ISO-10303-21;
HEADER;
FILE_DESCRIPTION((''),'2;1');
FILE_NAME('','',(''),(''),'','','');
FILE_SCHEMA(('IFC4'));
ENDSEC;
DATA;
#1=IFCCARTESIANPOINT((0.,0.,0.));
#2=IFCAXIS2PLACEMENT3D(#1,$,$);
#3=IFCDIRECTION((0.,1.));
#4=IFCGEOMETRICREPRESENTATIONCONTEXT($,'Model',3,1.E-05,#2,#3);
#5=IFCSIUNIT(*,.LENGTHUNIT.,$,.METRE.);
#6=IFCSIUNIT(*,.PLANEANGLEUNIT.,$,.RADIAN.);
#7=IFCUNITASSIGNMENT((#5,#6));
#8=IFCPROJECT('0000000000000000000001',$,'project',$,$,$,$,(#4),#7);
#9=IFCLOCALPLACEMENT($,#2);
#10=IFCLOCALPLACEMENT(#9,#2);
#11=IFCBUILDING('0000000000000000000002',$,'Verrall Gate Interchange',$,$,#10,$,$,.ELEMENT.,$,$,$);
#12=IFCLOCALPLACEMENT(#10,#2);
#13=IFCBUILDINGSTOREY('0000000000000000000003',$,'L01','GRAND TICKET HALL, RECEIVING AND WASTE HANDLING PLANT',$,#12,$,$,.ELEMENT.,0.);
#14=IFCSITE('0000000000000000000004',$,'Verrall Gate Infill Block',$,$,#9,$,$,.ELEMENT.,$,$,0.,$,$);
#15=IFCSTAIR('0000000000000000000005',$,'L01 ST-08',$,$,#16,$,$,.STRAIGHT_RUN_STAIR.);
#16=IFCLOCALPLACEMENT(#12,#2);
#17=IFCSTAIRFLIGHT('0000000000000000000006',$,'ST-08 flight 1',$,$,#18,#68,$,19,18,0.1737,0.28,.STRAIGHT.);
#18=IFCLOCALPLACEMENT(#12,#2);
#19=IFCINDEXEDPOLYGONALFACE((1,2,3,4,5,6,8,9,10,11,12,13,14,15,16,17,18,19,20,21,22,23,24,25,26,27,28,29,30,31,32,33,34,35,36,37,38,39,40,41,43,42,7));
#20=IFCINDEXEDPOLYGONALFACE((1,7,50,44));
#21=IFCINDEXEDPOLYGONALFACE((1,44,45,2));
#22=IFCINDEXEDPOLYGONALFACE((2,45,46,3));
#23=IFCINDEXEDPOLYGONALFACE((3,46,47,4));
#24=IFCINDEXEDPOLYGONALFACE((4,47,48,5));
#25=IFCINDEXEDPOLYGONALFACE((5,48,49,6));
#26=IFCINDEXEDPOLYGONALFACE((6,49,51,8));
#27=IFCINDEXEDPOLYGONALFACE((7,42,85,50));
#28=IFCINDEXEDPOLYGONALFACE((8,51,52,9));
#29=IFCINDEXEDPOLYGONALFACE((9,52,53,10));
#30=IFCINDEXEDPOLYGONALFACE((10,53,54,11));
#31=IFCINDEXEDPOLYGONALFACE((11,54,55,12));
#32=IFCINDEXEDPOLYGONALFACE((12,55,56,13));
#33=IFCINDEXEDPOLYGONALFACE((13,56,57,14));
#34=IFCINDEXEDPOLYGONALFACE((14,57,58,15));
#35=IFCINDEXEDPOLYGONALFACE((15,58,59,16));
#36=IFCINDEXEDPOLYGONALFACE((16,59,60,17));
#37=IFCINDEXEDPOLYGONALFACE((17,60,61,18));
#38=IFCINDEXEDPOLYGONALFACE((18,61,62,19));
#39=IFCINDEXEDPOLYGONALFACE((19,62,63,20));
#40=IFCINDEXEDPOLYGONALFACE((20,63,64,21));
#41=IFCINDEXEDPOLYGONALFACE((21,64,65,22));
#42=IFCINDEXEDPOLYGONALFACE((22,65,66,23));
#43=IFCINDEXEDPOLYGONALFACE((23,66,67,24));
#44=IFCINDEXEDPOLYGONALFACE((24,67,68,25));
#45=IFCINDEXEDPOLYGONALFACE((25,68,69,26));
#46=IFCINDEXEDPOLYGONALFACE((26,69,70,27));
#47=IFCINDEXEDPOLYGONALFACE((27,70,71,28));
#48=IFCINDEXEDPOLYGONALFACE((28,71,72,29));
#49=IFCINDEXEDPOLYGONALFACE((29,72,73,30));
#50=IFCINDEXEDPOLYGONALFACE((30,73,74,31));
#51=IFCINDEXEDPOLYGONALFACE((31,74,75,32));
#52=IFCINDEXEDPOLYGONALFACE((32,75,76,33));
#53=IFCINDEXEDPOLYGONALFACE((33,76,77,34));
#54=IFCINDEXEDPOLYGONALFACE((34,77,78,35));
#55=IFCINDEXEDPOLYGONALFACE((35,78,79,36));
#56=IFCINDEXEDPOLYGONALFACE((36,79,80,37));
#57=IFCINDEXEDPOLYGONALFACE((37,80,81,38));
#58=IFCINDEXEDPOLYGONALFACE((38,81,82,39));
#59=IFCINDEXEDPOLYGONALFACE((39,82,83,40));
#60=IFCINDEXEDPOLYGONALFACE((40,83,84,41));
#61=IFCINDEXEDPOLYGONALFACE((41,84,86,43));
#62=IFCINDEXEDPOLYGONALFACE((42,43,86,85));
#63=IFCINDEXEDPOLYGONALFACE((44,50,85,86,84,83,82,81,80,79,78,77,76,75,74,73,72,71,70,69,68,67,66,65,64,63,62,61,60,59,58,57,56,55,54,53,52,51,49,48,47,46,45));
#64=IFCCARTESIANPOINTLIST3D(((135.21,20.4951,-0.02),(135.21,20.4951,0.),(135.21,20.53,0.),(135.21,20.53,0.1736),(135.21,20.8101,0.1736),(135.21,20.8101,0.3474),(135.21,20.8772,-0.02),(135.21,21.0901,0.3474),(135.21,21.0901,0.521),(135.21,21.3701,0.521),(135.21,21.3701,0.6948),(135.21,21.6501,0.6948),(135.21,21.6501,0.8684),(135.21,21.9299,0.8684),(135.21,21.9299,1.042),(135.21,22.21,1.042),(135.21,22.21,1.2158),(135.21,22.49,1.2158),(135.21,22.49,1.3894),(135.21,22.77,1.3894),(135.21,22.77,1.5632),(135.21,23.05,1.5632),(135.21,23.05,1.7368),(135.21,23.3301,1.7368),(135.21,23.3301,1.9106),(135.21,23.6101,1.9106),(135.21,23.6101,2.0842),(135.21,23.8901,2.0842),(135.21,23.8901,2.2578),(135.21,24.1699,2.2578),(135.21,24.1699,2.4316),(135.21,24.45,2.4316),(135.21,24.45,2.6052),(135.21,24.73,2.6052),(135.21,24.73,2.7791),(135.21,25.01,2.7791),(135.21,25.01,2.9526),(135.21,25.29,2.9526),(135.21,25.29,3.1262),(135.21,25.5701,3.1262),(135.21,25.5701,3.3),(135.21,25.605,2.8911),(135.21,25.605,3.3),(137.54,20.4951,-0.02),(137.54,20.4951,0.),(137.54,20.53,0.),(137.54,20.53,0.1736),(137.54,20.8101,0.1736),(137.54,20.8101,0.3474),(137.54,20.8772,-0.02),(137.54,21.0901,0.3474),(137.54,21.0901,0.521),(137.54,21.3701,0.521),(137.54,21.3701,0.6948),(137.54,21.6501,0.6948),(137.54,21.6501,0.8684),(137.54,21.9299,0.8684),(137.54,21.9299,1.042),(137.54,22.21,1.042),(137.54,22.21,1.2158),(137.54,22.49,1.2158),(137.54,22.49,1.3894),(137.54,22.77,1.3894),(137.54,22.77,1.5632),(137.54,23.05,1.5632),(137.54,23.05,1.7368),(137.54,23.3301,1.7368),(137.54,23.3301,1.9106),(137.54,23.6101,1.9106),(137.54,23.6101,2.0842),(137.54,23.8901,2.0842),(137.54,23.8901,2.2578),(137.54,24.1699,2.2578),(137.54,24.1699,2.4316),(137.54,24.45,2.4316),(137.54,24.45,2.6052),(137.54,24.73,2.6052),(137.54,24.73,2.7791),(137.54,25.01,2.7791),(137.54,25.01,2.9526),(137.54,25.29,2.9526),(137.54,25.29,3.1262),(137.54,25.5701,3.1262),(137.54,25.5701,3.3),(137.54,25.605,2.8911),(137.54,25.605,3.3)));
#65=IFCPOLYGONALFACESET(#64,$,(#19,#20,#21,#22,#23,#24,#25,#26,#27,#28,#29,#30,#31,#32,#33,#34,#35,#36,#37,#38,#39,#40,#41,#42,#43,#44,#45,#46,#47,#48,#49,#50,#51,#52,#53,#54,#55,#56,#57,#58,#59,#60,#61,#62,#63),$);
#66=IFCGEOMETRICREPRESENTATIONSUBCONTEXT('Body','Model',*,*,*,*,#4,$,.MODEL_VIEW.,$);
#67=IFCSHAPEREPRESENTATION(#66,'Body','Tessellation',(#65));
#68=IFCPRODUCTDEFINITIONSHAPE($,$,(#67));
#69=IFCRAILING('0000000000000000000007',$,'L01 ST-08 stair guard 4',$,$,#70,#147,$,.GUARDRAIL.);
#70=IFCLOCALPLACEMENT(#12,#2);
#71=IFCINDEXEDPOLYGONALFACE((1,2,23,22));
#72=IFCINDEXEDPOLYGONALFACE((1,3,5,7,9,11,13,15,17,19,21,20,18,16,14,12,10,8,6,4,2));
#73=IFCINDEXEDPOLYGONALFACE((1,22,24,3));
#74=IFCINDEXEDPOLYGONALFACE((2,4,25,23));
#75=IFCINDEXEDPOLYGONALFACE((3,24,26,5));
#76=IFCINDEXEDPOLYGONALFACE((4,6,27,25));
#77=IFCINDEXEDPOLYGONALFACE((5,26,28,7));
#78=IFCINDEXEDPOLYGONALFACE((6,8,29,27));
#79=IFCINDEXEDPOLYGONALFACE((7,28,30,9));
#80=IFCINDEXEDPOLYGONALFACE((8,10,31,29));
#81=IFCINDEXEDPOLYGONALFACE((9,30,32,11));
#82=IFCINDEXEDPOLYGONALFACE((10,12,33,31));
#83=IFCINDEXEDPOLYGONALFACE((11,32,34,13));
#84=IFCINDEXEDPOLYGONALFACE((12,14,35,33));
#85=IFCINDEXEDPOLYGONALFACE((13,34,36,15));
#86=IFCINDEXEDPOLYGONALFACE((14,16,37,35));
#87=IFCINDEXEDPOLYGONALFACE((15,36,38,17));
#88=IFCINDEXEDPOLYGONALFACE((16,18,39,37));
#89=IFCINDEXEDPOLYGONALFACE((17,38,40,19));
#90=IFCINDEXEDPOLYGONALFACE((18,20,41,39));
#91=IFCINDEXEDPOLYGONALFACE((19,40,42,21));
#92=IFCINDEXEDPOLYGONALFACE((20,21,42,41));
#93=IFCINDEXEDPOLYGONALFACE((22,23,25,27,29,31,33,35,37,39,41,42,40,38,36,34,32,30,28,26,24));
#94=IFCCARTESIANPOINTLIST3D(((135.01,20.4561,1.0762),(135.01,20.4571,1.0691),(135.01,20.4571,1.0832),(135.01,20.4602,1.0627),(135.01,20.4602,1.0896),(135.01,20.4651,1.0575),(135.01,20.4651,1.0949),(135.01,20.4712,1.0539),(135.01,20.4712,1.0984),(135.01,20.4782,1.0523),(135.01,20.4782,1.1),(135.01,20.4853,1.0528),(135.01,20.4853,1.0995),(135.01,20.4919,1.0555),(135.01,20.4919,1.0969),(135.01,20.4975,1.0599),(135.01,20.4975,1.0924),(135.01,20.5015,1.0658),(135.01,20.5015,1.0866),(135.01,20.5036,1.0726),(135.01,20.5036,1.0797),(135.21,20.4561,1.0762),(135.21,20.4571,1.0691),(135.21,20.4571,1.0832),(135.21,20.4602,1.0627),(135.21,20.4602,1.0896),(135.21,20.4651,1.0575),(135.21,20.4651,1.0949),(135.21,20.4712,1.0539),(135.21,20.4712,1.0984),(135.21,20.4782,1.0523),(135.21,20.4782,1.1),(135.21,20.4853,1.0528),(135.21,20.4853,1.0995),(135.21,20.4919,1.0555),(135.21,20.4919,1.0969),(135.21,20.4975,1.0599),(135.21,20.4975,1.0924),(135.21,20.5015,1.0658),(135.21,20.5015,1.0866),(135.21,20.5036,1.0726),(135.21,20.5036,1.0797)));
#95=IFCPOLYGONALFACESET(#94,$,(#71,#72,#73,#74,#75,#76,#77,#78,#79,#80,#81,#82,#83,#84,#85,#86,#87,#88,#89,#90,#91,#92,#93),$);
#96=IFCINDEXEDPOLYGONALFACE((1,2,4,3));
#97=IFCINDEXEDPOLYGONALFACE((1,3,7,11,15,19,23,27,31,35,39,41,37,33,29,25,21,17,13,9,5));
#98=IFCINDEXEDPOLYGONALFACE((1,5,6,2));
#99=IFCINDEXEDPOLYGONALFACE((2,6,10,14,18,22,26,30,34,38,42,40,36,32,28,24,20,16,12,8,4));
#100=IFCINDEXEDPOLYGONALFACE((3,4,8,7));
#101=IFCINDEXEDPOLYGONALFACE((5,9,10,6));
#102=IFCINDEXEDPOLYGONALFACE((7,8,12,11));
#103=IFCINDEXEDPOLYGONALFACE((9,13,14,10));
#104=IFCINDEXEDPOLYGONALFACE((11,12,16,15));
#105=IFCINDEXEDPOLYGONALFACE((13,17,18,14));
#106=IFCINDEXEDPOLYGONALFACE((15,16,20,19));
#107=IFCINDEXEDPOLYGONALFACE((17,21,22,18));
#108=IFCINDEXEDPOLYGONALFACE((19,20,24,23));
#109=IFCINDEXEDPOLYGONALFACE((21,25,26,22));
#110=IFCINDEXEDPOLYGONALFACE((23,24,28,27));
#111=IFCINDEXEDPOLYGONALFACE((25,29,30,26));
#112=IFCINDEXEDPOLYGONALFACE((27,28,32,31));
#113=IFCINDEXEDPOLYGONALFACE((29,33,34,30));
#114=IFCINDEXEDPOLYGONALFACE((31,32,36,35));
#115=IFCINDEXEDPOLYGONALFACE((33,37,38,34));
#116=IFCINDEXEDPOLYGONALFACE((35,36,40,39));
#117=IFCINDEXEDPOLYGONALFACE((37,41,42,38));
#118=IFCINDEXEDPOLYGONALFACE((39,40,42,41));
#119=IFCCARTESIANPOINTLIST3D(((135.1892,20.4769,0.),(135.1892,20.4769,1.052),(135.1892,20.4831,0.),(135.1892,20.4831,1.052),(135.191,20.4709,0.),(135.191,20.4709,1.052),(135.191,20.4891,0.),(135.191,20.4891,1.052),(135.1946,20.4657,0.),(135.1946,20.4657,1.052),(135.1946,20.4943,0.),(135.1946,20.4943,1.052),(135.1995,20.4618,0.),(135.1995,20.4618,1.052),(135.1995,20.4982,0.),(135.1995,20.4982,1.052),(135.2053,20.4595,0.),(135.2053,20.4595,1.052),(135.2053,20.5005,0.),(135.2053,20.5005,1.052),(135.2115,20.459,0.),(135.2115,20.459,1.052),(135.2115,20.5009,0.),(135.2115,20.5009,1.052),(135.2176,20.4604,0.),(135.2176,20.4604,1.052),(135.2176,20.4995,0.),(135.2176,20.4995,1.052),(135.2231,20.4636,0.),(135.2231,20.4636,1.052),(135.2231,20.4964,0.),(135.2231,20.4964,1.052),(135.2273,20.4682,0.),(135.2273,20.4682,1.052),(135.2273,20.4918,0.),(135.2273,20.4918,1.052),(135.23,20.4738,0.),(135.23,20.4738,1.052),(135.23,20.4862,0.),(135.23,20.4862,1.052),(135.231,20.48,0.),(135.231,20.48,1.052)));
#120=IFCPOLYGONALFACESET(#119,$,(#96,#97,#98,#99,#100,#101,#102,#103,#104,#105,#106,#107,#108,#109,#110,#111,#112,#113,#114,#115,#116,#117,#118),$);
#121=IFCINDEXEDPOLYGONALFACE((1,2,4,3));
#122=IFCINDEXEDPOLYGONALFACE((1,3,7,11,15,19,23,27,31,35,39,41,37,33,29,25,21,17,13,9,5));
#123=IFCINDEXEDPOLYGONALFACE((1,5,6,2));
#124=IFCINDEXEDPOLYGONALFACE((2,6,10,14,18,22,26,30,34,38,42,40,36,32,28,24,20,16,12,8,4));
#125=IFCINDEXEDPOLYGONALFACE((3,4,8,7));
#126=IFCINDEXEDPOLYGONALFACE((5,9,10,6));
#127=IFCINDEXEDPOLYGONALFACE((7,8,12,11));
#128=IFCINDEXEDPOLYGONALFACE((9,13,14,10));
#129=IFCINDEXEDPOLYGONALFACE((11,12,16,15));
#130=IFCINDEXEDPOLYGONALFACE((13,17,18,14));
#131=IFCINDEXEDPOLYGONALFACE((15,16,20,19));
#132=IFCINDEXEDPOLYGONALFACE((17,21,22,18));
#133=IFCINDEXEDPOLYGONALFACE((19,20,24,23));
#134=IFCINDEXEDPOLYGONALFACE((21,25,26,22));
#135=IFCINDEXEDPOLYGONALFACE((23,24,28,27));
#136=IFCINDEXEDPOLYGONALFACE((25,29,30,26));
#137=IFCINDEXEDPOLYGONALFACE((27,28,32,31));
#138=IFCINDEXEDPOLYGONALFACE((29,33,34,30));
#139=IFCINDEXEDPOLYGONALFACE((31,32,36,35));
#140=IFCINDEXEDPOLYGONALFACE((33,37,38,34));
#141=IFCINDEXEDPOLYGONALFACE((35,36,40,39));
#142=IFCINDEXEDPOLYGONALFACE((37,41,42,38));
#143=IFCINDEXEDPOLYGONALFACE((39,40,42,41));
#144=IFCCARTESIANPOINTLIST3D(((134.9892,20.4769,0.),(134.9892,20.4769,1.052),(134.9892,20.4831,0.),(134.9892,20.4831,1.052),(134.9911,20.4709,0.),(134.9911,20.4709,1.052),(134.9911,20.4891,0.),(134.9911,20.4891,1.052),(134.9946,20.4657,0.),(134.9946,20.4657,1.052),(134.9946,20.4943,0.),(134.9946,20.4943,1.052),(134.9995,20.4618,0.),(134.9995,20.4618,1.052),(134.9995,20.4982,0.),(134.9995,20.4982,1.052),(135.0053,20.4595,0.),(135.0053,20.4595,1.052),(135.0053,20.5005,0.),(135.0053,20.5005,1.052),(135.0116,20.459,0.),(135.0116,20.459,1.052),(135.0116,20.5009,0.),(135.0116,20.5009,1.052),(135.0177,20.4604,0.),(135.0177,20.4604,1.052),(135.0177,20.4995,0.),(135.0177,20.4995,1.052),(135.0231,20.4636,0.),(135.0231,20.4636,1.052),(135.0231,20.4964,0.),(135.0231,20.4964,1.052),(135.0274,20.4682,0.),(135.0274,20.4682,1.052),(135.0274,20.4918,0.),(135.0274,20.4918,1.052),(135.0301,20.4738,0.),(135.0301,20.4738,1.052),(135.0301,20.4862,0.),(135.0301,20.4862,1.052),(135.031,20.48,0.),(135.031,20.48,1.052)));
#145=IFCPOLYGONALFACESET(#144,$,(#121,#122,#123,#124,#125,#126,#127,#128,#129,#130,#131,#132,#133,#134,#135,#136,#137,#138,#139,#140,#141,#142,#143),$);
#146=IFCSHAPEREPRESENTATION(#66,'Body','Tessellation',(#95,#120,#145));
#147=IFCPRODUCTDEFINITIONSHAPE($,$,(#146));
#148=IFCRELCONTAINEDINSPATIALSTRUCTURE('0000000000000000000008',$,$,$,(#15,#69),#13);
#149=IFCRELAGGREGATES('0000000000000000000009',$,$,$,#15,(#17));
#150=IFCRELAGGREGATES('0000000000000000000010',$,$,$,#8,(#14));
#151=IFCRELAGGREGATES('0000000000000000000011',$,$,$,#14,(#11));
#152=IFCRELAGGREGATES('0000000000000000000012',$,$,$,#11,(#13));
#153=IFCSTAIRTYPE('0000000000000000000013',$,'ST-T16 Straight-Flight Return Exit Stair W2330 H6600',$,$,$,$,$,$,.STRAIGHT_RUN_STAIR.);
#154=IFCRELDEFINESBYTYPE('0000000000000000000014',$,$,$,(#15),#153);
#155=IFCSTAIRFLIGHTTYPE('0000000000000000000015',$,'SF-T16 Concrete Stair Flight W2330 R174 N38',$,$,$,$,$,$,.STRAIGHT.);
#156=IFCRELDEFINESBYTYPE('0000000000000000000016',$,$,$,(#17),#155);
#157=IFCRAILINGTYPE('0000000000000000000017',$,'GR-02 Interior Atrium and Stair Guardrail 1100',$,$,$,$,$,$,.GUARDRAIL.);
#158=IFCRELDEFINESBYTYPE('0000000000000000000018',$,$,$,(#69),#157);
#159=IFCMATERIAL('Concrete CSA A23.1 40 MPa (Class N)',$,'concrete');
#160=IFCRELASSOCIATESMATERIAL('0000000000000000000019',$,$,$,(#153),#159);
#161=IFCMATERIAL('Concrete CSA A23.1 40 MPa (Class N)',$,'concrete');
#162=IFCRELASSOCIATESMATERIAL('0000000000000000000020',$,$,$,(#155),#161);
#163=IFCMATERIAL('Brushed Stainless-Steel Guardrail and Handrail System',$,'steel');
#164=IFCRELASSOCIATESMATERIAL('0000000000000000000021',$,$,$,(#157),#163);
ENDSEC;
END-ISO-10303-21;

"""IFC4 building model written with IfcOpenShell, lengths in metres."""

from ifc_helpers import new_model, si_unit, direction, frame, origin, origin_2d, place, context, subcontext, project, spatial, polyline, circle, outline, extrude, material, type_object, element, aggregate, save


model = new_model("IFC4")

# Units and contexts
model_context = context("Model", 3, precision=1e-05, world=origin(), true_north=direction((0.0, 1.0)))
body_context = subcontext(model_context, "Body", "Model", "MODEL_VIEW")
ifc_project = project(units=[si_unit("LENGTHUNIT", "METRE"), si_unit("PLANEANGLEUNIT", "RADIAN")], contexts=[model_context])

# Site, building, storey
site_placement = place(None, origin())
site = spatial("IfcSite", under=ifc_project, at=site_placement, Name="Verrall Gate Infill Block", CompositionType="ELEMENT", RefElevation=0.0)
building_placement = place(site_placement, origin())
building = spatial("IfcBuilding", under=site, at=building_placement, Name="Verrall Gate Interchange", CompositionType="ELEMENT")
storey_placement = place(building_placement, origin())
storey = spatial("IfcBuildingStorey", under=building, at=storey_placement, Name="L01", Description="GRAND TICKET HALL, RECEIVING AND WASTE HANDLING PLANT", CompositionType="ELEMENT", Elevation=0.0)

# Stair, stair flight
ifc_material_1 = material(Name="Concrete CSA A23.1 40 MPa (Class N)", Category="concrete")
stair_type = type_object("IfcStairType", Name="ST-T16 Straight-Flight Return Exit Stair W2330 H6600", PredefinedType="STRAIGHT_RUN_STAIR", material=ifc_material_1)
stair_placement = place(storey_placement, origin())
stair = element("IfcStair", 1, at=stair_placement, inside=storey, type_object=stair_type, Name="L01 ST-08", PredefinedType="STRAIGHT_RUN_STAIR")
ifc_material_2 = material(Name="Concrete CSA A23.1 40 MPa (Class N)", Category="concrete")
stair_flight_type = type_object("IfcStairFlightType", Name="SF-T16 Concrete Stair Flight W2330 R174 N38", PredefinedType="STRAIGHT", material=ifc_material_2)
stair_flight_placement = place(storey_placement, frame((136.375, 20.53, 0.0), z_axis=(0.0, 0.0, 1.0), x_axis=(0.0, 1.0, 0.0)))
stair_flight = element("IfcStairFlight", 2, at=stair_flight_placement, type_object=stair_flight_type, Name="ST-08 flight 1", NumberOfRisers=19, NumberOfTreads=18, PredefinedType="STRAIGHT", RiserHeight=0.1737, TreadLength=0.28, context=body_context, shape_type="SweptSolid", body=[
    extrude(outline(polyline([(-0.0349, -0.02), (-0.0349, 0.0), (0.0, 0.0), (0.0, 0.1736), (0.28, 0.1736), (0.28, 0.3474), (0.5601, 0.3474), (0.5601, 0.521), (0.8401, 0.521), (0.8401, 0.6948), (1.1201, 0.6948), (1.1201, 0.8684), (1.3999, 0.8684), (1.3999, 1.042), (1.6799, 1.042), (1.6799, 1.2158), (1.96, 1.2158), (1.96, 1.3894), (2.24, 1.3894), (2.24, 1.5632), (2.52, 1.5632), (2.52, 1.7368), (2.8, 1.7368), (2.8, 1.9106), (3.0801, 1.9106), (3.0801, 2.0842), (3.3601, 2.0842), (3.3601, 2.2578), (3.6399, 2.2578), (3.6399, 2.4316), (3.9199, 2.4316), (3.9199, 2.6052), (4.2, 2.6052), (4.2, 2.7791), (4.48, 2.7791), (4.48, 2.9526), (4.76, 2.9526), (4.76, 3.1262), (5.04, 3.1262), (5.04, 3.3), (5.075, 3.3), (5.075, 2.8911), (0.3472, -0.02), (-0.0349, -0.02)])), frame((0.0, 1.165, 0.0), z_axis=(0.0, -1.0, 0.0), x_axis=(1.0, 0.0, 0.0)), (0.0, 0.0, 1.0), 2.3301),
])
aggregate(stair, [stair_flight])

# Railing
ifc_material_3 = material(Name="Brushed Stainless-Steel Guardrail and Handrail System", Category="steel")
railing_type_1 = type_object("IfcRailingType", Name="GR-02 Interior Atrium and Stair Guardrail 1100", PredefinedType="GUARDRAIL", material=ifc_material_3)
railing_1_placement = place(storey_placement, frame((135.21, 20.48, 0.0)))
element("IfcRailing", 3, at=railing_1_placement, inside=storey, type_object=railing_type_1, Name="L01 ST-08 stair guard 4", PredefinedType="GUARDRAIL", context=body_context, shape_type="SweptSolid", body=[
    extrude(circle(Radius=0.0239, at=origin_2d()), frame((0.0, 0.0, 1.0762), z_axis=(-1.0, 0.0, 0.0), x_axis=(0.0, -1.0, 0.0)), (0.0, 0.0, 1.0), 0.2),
    extrude(circle(Radius=0.021, at=origin_2d()), origin(), (0.0, 0.0, 1.0), 1.052),
    extrude(circle(Radius=0.021, at=origin_2d()), frame((-0.2, 0.0, 0.0)), (0.0, 0.0, 1.0), 1.052),
])

save(model, "model.ifc")
